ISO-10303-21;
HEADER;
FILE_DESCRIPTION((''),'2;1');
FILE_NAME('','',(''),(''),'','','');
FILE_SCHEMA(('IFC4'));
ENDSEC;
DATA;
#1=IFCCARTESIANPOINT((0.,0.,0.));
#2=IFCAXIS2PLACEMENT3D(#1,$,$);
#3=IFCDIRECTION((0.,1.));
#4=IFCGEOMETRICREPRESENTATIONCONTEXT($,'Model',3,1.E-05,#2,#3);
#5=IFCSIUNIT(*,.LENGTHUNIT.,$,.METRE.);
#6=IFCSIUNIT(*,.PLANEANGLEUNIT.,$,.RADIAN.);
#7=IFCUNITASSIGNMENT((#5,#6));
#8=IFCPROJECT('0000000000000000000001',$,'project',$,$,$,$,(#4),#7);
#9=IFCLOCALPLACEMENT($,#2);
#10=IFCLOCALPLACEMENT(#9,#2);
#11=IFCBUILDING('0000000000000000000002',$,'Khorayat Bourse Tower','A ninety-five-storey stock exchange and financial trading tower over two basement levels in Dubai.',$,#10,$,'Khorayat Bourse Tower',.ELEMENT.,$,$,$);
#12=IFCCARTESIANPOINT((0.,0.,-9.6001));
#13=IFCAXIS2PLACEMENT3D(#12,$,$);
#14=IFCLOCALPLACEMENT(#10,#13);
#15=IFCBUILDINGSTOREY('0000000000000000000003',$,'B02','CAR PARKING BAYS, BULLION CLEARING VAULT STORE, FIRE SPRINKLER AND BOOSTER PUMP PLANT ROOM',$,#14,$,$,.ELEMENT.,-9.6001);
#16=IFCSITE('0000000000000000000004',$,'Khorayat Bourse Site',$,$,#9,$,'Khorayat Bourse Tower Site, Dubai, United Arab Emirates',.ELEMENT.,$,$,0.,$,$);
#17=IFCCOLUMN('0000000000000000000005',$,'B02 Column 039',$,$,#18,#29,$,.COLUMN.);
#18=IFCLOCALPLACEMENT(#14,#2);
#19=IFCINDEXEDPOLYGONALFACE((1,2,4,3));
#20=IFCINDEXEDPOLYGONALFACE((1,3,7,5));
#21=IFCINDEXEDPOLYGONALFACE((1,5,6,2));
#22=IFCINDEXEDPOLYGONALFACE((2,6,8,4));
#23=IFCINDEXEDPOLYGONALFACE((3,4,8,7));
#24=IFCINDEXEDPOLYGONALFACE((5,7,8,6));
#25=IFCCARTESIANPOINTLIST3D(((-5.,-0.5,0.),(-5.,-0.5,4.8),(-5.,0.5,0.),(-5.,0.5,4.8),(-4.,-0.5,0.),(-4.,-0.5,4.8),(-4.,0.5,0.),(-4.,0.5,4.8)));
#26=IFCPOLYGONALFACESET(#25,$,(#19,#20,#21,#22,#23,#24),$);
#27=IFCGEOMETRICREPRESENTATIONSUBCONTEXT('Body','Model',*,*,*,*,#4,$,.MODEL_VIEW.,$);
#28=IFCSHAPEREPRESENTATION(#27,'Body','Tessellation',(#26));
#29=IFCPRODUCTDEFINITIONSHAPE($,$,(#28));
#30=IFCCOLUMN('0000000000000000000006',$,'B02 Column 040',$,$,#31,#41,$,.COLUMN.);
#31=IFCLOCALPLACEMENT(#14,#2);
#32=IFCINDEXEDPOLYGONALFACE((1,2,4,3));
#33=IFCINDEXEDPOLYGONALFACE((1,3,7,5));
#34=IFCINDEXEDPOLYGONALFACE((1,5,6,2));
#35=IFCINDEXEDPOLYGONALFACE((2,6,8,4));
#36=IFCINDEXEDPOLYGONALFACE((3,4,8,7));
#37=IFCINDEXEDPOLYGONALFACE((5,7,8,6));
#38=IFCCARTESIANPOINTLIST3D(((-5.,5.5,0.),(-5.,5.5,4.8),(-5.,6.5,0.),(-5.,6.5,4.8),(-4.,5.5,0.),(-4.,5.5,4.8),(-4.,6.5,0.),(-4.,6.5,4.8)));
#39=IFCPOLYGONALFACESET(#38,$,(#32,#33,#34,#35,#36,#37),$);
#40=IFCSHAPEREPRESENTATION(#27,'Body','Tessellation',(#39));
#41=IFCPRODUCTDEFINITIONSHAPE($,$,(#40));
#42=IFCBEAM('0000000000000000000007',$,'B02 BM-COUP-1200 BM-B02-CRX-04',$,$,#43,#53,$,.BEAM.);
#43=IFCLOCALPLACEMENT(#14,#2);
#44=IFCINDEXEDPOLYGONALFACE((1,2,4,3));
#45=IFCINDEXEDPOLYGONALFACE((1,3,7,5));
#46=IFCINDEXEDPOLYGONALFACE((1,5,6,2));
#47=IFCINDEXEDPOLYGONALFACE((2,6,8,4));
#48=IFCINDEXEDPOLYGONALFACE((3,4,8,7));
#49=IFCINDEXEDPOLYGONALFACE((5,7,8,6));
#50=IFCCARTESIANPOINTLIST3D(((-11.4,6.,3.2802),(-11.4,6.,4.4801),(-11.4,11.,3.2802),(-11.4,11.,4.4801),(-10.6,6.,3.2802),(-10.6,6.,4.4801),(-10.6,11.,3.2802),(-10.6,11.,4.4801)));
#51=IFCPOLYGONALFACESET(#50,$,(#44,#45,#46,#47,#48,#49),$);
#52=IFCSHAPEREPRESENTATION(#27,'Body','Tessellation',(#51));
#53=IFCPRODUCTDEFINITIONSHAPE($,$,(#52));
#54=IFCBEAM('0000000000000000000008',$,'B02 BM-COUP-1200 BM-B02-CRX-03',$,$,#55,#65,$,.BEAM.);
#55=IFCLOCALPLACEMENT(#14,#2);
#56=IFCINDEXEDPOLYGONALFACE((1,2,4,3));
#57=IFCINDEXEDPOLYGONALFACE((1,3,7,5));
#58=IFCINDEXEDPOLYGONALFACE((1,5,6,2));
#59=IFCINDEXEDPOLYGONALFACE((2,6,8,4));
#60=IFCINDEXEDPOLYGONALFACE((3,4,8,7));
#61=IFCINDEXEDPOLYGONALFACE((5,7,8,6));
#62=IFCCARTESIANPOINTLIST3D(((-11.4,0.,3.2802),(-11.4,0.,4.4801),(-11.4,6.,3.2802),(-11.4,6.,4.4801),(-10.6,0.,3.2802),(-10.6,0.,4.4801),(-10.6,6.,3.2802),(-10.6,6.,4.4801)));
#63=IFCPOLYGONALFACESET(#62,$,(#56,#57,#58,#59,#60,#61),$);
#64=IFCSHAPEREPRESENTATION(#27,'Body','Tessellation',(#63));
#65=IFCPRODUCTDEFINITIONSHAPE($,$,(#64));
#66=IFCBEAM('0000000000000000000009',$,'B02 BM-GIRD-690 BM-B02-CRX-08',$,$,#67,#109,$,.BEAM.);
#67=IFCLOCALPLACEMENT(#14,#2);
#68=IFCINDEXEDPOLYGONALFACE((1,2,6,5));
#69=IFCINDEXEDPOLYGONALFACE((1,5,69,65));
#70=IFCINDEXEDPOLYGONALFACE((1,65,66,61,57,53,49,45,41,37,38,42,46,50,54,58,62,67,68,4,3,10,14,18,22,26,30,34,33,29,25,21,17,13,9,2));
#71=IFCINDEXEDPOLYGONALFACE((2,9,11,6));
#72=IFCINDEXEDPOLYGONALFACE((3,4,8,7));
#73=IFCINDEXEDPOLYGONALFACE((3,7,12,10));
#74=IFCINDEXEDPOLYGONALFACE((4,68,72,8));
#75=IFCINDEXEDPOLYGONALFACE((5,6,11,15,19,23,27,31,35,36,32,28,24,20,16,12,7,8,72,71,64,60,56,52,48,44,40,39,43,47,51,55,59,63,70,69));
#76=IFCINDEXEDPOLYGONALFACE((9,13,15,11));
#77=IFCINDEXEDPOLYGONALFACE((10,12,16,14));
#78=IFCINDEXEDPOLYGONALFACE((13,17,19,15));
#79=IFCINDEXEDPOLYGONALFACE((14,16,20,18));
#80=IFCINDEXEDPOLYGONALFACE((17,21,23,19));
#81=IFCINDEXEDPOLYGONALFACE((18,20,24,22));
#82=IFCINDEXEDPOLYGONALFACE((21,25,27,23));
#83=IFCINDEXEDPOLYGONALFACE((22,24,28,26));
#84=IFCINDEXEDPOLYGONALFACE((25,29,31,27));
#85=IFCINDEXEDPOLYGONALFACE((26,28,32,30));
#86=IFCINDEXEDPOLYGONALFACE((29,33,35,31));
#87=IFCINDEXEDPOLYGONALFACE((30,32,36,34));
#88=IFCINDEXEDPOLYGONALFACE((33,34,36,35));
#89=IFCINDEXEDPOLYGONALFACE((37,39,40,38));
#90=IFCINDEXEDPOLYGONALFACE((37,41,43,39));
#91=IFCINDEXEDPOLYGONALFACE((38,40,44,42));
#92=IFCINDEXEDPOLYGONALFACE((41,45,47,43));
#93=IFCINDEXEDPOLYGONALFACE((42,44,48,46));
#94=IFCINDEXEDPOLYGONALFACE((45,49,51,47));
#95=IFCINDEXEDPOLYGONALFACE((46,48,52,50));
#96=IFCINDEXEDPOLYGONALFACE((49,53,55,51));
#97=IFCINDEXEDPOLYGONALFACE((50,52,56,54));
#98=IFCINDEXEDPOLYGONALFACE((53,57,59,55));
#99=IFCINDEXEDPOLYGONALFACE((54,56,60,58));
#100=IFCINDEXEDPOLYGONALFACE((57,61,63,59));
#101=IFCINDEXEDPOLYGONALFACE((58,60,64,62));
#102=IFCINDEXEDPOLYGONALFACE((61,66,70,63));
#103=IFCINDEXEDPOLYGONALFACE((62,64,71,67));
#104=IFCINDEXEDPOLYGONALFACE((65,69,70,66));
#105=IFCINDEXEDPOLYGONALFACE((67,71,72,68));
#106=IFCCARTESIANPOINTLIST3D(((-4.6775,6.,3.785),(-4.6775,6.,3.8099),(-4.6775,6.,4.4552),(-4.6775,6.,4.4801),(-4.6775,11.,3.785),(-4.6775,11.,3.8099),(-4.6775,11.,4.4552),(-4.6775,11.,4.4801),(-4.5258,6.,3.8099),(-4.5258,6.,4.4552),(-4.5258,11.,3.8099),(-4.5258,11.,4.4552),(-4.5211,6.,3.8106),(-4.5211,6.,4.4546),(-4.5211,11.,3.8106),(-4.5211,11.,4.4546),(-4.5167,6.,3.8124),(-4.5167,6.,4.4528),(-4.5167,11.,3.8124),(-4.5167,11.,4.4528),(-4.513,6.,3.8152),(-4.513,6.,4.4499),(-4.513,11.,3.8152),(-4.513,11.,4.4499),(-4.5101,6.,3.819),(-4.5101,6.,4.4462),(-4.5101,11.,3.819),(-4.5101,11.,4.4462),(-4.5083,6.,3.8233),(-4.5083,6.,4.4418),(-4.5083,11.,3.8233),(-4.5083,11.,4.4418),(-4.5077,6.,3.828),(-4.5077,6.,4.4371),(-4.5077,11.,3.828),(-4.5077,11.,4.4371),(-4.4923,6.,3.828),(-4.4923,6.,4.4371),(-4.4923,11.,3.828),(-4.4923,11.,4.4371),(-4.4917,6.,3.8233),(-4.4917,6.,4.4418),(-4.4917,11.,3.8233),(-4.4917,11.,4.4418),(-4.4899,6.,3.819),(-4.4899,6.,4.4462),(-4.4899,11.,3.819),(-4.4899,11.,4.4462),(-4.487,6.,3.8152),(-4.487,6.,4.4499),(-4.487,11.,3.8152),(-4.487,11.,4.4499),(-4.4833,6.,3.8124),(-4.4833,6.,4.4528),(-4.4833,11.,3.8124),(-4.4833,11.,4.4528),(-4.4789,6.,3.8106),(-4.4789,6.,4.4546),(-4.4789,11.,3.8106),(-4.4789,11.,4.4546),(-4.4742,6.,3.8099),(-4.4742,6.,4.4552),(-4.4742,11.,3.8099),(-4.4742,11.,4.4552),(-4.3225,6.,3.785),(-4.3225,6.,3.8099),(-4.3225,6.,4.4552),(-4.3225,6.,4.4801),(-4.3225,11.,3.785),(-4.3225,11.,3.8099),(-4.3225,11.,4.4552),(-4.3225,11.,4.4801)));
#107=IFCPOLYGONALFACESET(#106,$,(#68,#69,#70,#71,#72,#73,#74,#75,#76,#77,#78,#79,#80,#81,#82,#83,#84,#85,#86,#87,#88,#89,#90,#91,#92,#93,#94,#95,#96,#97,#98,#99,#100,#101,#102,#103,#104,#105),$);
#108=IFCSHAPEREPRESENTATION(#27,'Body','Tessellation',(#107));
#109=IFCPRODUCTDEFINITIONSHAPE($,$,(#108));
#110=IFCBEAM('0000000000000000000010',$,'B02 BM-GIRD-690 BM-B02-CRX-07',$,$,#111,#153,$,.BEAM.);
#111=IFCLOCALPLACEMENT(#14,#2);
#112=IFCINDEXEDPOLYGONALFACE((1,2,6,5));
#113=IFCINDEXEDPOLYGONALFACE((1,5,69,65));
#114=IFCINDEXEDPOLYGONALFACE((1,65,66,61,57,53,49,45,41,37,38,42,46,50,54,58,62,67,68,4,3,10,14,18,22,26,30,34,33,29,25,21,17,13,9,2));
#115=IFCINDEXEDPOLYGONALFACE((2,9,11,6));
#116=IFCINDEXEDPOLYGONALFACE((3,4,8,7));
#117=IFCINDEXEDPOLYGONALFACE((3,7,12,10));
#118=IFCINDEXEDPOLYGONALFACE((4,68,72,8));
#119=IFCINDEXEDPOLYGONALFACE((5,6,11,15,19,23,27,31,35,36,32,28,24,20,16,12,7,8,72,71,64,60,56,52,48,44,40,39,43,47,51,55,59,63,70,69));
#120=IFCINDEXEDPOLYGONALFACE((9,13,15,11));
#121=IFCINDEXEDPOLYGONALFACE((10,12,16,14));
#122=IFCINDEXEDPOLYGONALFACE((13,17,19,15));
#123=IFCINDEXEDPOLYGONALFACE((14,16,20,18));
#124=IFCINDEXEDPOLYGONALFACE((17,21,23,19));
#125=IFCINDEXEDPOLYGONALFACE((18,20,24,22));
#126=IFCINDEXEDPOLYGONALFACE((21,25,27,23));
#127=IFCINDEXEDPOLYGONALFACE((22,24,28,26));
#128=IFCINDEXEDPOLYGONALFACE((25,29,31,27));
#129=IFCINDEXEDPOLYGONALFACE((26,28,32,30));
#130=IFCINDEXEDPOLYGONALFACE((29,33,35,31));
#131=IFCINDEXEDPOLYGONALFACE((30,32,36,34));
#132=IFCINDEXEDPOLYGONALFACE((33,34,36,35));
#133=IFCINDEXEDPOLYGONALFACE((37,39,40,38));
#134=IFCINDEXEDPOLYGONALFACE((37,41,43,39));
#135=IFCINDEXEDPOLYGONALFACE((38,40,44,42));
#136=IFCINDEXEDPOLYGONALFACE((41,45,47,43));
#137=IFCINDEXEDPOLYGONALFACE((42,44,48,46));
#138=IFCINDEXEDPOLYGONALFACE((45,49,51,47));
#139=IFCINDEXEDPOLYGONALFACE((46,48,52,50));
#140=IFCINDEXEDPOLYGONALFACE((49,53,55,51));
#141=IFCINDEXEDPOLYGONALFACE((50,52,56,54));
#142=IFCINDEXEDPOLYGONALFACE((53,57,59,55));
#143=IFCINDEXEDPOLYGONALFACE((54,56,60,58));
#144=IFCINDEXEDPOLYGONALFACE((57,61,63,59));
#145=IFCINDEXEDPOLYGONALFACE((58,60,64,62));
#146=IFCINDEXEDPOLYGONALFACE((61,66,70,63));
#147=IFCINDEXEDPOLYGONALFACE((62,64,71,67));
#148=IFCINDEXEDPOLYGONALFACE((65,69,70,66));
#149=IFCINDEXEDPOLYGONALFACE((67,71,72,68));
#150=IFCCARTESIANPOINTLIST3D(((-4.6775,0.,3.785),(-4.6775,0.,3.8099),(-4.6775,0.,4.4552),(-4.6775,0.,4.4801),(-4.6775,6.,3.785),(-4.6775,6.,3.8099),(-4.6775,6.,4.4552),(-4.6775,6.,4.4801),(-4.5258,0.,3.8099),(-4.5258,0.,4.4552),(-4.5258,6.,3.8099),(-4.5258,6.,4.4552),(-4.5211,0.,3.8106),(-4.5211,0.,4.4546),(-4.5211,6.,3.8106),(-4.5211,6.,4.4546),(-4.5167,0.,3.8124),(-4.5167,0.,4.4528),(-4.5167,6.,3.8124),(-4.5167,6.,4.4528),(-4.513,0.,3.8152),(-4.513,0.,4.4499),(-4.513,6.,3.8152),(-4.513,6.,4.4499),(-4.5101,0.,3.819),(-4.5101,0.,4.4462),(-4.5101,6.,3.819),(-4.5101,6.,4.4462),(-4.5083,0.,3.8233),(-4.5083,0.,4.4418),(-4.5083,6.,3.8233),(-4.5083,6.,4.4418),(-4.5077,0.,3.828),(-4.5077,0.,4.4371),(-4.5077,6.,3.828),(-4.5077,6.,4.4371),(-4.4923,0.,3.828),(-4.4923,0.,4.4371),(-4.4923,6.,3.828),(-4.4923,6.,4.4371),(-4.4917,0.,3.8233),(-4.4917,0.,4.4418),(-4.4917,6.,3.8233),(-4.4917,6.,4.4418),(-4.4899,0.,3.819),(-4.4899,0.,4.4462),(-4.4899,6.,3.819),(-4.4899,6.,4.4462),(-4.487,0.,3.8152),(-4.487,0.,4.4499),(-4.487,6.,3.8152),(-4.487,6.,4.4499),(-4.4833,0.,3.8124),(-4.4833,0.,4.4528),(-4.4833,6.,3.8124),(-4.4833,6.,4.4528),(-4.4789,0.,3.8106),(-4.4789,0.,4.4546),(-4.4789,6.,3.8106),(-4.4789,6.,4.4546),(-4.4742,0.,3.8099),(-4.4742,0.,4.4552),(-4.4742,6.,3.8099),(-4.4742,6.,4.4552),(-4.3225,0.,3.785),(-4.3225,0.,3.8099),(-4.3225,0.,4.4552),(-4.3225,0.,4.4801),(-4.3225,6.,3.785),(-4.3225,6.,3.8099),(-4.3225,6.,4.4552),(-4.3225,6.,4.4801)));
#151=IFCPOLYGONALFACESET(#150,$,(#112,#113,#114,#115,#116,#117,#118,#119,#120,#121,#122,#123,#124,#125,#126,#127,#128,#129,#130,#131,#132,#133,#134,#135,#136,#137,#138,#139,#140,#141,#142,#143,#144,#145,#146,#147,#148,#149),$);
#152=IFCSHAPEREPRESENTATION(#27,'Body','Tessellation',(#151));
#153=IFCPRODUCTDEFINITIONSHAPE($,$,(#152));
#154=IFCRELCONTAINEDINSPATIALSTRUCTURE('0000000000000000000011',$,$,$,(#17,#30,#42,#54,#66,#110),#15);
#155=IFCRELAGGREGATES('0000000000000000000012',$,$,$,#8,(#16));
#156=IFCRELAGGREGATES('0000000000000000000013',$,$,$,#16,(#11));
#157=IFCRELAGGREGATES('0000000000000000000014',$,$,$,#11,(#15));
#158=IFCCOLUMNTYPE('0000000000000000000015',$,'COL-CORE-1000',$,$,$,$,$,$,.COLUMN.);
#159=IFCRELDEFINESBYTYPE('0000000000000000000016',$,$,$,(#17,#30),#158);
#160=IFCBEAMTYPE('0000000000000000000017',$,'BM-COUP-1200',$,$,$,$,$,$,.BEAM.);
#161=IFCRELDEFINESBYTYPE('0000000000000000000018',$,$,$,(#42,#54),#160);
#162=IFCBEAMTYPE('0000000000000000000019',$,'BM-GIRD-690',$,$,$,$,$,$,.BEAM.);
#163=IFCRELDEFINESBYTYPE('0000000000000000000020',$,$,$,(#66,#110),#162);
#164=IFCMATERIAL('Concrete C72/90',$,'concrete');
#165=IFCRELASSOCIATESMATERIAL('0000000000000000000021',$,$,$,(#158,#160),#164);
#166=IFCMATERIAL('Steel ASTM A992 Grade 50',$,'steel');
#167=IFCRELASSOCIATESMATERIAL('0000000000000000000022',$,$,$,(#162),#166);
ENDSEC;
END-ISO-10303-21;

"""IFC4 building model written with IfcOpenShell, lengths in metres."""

from ifc_helpers import new_model, si_unit, direction, frame, origin, origin_2d, place, context, subcontext, project, spatial, rectangle, i_section, extrude, source, transform, mapped, material, material_profile, profile_set, type_object, element, save


model = new_model("IFC4")

# Units and contexts
model_context = context("Model", 3, precision=1e-05, world=origin(), true_north=direction((0.0, 1.0)))
body_context = subcontext(model_context, "Body", "Model", "MODEL_VIEW")
ifc_project = project(units=[si_unit("LENGTHUNIT", "METRE"), si_unit("PLANEANGLEUNIT", "RADIAN")], contexts=[model_context])

# Site, building, storey
site_placement = place(None, origin())
site = spatial("IfcSite", under=ifc_project, at=site_placement, Name="Khorayat Bourse Site", LongName="Khorayat Bourse Tower Site, Dubai, United Arab Emirates", CompositionType="ELEMENT", RefElevation=0.0)
building_placement = place(site_placement, origin())
building = spatial("IfcBuilding", under=site, at=building_placement, Name="Khorayat Bourse Tower", Description="A ninety-five-storey stock exchange and financial trading tower over two basement levels in Dubai.", LongName="Khorayat Bourse Tower", CompositionType="ELEMENT")
storey_placement = place(building_placement, frame((0.0, 0.0, -9.6001)))
storey = spatial("IfcBuildingStorey", under=building, at=storey_placement, Name="B02", Description="CAR PARKING BAYS, BULLION CLEARING VAULT STORE, FIRE SPRINKLER AND BOOSTER PUMP PLANT ROOM", CompositionType="ELEMENT", Elevation=-9.6001)

# Columns
ifc_material_1 = material(Name="Concrete C72/90", Category="concrete")
ifc_material_profile_1 = material_profile(ifc_material_1, rectangle(XDim=1.0, YDim=1.0, at=origin_2d()), Name="RC 1000x1000")
ifc_profile_set_1 = profile_set([ifc_material_profile_1], Name="Concrete C72/90")
column_type = type_object("IfcColumnType", Name="COL-CORE-1000", PredefinedType="COLUMN", material=ifc_profile_set_1)
shared_shape_1 = source(origin(), body_context, "Body", "SweptSolid", [
    extrude(rectangle(XDim=1.0, YDim=1.0, at=origin_2d()), origin(), (0.0, 0.0, 1.0), 4.8),
])
for number, where, z_axis, x_axis, name in (
    (1, (-4.5, 0.0, 0.0), (0.0, 0.0, 1.0), (1.0, 0.0, 0.0), "B02 Column 039"),
    (2, (-4.5, 6.0, 0.0), (0.0, 0.0, 1.0), (1.0, 0.0, 0.0), "B02 Column 040"),
):
    element("IfcColumn", number, at=place(storey_placement, frame(where, z_axis=z_axis, x_axis=x_axis)), inside=storey, type_object=column_type, Name=name, PredefinedType="COLUMN", context=body_context, shape_type="MappedRepresentation", body=[
        mapped(shared_shape_1, transform((0.0, 0.0, 0.0), scale=1.0)),
    ])

# Beams
ifc_material_profile_2 = material_profile(ifc_material_1, rectangle(XDim=0.8, YDim=1.2, at=origin_2d()), Name="RC 800x1200")
ifc_profile_set_2 = profile_set([ifc_material_profile_2], Name="Concrete C72/90")
beam_type_1 = type_object("IfcBeamType", Name="BM-COUP-1200", PredefinedType="BEAM", material=ifc_profile_set_2)
shared_shape_2 = source(origin(), body_context, "Body", "SweptSolid", [
    extrude(rectangle(XDim=0.8, YDim=1.2, at=origin_2d()), origin(), (0.0, 0.0, 1.0), 5.0),
])
beam_1_placement = place(storey_placement, frame((-11.0, 6.0, 3.8801), z_axis=(0.0, 1.0, 0.0), x_axis=(-1.0, 0.0, 0.0)))
element("IfcBeam", 3, at=beam_1_placement, inside=storey, type_object=beam_type_1, Name="B02 BM-COUP-1200 BM-B02-CRX-04", PredefinedType="BEAM", context=body_context, shape_type="MappedRepresentation", body=[
    mapped(shared_shape_2, transform((0.0, 0.0, 0.0), scale=1.0)),
])
shared_shape_3 = source(origin(), body_context, "Body", "SweptSolid", [
    extrude(rectangle(XDim=0.8, YDim=1.2, at=origin_2d()), origin(), (0.0, 0.0, 1.0), 6.0),
])
beam_2_placement = place(storey_placement, frame((-11.0, 0.0, 3.8801), z_axis=(0.0, 1.0, 0.0), x_axis=(-1.0, 0.0, 0.0)))
element("IfcBeam", 4, at=beam_2_placement, inside=storey, type_object=beam_type_1, Name="B02 BM-COUP-1200 BM-B02-CRX-03", PredefinedType="BEAM", context=body_context, shape_type="MappedRepresentation", body=[
    mapped(shared_shape_3, transform((0.0, 0.0, 0.0), scale=1.0)),
])
ifc_material_2 = material(Name="Steel ASTM A992 Grade 50", Category="steel")
ifc_material_profile_3 = material_profile(ifc_material_2, i_section(OverallWidth=0.355, OverallDepth=0.6951, WebThickness=0.0154, FlangeThickness=0.0249, FilletRadius=0.0181, at=origin_2d()), Name="W690X217")
ifc_profile_set_3 = profile_set([ifc_material_profile_3], Name="Steel ASTM A992 Grade 50")
beam_type_2 = type_object("IfcBeamType", Name="BM-GIRD-690", PredefinedType="BEAM", material=ifc_profile_set_3)
shared_shape_4 = source(origin(), body_context, "Body", "SweptSolid", [
    extrude(i_section(OverallWidth=0.355, OverallDepth=0.6951, WebThickness=0.0154, FlangeThickness=0.0249, FilletRadius=0.0181, at=origin_2d()), origin(), (0.0, 0.0, 1.0), 5.0),
])
beam_3_placement = place(storey_placement, frame((-4.5, 6.0, 4.1326), z_axis=(0.0, 1.0, 0.0), x_axis=(-1.0, 0.0, 0.0)))
element("IfcBeam", 5, at=beam_3_placement, inside=storey, type_object=beam_type_2, Name="B02 BM-GIRD-690 BM-B02-CRX-08", PredefinedType="BEAM", context=body_context, shape_type="MappedRepresentation", body=[
    mapped(shared_shape_4, transform((0.0, 0.0, 0.0), scale=1.0)),
])
shared_shape_5 = source(origin(), body_context, "Body", "SweptSolid", [
    extrude(i_section(OverallWidth=0.355, OverallDepth=0.6951, WebThickness=0.0154, FlangeThickness=0.0249, FilletRadius=0.0181, at=origin_2d()), origin(), (0.0, 0.0, 1.0), 6.0),
])
beam_4_placement = place(storey_placement, frame((-4.5, 0.0, 4.1326), z_axis=(0.0, 1.0, 0.0), x_axis=(-1.0, 0.0, 0.0)))
element("IfcBeam", 6, at=beam_4_placement, inside=storey, type_object=beam_type_2, Name="B02 BM-GIRD-690 BM-B02-CRX-07", PredefinedType="BEAM", context=body_context, shape_type="MappedRepresentation", body=[
    mapped(shared_shape_5, transform((0.0, 0.0, 0.0), scale=1.0)),
])

save(model, "model.ifc")
